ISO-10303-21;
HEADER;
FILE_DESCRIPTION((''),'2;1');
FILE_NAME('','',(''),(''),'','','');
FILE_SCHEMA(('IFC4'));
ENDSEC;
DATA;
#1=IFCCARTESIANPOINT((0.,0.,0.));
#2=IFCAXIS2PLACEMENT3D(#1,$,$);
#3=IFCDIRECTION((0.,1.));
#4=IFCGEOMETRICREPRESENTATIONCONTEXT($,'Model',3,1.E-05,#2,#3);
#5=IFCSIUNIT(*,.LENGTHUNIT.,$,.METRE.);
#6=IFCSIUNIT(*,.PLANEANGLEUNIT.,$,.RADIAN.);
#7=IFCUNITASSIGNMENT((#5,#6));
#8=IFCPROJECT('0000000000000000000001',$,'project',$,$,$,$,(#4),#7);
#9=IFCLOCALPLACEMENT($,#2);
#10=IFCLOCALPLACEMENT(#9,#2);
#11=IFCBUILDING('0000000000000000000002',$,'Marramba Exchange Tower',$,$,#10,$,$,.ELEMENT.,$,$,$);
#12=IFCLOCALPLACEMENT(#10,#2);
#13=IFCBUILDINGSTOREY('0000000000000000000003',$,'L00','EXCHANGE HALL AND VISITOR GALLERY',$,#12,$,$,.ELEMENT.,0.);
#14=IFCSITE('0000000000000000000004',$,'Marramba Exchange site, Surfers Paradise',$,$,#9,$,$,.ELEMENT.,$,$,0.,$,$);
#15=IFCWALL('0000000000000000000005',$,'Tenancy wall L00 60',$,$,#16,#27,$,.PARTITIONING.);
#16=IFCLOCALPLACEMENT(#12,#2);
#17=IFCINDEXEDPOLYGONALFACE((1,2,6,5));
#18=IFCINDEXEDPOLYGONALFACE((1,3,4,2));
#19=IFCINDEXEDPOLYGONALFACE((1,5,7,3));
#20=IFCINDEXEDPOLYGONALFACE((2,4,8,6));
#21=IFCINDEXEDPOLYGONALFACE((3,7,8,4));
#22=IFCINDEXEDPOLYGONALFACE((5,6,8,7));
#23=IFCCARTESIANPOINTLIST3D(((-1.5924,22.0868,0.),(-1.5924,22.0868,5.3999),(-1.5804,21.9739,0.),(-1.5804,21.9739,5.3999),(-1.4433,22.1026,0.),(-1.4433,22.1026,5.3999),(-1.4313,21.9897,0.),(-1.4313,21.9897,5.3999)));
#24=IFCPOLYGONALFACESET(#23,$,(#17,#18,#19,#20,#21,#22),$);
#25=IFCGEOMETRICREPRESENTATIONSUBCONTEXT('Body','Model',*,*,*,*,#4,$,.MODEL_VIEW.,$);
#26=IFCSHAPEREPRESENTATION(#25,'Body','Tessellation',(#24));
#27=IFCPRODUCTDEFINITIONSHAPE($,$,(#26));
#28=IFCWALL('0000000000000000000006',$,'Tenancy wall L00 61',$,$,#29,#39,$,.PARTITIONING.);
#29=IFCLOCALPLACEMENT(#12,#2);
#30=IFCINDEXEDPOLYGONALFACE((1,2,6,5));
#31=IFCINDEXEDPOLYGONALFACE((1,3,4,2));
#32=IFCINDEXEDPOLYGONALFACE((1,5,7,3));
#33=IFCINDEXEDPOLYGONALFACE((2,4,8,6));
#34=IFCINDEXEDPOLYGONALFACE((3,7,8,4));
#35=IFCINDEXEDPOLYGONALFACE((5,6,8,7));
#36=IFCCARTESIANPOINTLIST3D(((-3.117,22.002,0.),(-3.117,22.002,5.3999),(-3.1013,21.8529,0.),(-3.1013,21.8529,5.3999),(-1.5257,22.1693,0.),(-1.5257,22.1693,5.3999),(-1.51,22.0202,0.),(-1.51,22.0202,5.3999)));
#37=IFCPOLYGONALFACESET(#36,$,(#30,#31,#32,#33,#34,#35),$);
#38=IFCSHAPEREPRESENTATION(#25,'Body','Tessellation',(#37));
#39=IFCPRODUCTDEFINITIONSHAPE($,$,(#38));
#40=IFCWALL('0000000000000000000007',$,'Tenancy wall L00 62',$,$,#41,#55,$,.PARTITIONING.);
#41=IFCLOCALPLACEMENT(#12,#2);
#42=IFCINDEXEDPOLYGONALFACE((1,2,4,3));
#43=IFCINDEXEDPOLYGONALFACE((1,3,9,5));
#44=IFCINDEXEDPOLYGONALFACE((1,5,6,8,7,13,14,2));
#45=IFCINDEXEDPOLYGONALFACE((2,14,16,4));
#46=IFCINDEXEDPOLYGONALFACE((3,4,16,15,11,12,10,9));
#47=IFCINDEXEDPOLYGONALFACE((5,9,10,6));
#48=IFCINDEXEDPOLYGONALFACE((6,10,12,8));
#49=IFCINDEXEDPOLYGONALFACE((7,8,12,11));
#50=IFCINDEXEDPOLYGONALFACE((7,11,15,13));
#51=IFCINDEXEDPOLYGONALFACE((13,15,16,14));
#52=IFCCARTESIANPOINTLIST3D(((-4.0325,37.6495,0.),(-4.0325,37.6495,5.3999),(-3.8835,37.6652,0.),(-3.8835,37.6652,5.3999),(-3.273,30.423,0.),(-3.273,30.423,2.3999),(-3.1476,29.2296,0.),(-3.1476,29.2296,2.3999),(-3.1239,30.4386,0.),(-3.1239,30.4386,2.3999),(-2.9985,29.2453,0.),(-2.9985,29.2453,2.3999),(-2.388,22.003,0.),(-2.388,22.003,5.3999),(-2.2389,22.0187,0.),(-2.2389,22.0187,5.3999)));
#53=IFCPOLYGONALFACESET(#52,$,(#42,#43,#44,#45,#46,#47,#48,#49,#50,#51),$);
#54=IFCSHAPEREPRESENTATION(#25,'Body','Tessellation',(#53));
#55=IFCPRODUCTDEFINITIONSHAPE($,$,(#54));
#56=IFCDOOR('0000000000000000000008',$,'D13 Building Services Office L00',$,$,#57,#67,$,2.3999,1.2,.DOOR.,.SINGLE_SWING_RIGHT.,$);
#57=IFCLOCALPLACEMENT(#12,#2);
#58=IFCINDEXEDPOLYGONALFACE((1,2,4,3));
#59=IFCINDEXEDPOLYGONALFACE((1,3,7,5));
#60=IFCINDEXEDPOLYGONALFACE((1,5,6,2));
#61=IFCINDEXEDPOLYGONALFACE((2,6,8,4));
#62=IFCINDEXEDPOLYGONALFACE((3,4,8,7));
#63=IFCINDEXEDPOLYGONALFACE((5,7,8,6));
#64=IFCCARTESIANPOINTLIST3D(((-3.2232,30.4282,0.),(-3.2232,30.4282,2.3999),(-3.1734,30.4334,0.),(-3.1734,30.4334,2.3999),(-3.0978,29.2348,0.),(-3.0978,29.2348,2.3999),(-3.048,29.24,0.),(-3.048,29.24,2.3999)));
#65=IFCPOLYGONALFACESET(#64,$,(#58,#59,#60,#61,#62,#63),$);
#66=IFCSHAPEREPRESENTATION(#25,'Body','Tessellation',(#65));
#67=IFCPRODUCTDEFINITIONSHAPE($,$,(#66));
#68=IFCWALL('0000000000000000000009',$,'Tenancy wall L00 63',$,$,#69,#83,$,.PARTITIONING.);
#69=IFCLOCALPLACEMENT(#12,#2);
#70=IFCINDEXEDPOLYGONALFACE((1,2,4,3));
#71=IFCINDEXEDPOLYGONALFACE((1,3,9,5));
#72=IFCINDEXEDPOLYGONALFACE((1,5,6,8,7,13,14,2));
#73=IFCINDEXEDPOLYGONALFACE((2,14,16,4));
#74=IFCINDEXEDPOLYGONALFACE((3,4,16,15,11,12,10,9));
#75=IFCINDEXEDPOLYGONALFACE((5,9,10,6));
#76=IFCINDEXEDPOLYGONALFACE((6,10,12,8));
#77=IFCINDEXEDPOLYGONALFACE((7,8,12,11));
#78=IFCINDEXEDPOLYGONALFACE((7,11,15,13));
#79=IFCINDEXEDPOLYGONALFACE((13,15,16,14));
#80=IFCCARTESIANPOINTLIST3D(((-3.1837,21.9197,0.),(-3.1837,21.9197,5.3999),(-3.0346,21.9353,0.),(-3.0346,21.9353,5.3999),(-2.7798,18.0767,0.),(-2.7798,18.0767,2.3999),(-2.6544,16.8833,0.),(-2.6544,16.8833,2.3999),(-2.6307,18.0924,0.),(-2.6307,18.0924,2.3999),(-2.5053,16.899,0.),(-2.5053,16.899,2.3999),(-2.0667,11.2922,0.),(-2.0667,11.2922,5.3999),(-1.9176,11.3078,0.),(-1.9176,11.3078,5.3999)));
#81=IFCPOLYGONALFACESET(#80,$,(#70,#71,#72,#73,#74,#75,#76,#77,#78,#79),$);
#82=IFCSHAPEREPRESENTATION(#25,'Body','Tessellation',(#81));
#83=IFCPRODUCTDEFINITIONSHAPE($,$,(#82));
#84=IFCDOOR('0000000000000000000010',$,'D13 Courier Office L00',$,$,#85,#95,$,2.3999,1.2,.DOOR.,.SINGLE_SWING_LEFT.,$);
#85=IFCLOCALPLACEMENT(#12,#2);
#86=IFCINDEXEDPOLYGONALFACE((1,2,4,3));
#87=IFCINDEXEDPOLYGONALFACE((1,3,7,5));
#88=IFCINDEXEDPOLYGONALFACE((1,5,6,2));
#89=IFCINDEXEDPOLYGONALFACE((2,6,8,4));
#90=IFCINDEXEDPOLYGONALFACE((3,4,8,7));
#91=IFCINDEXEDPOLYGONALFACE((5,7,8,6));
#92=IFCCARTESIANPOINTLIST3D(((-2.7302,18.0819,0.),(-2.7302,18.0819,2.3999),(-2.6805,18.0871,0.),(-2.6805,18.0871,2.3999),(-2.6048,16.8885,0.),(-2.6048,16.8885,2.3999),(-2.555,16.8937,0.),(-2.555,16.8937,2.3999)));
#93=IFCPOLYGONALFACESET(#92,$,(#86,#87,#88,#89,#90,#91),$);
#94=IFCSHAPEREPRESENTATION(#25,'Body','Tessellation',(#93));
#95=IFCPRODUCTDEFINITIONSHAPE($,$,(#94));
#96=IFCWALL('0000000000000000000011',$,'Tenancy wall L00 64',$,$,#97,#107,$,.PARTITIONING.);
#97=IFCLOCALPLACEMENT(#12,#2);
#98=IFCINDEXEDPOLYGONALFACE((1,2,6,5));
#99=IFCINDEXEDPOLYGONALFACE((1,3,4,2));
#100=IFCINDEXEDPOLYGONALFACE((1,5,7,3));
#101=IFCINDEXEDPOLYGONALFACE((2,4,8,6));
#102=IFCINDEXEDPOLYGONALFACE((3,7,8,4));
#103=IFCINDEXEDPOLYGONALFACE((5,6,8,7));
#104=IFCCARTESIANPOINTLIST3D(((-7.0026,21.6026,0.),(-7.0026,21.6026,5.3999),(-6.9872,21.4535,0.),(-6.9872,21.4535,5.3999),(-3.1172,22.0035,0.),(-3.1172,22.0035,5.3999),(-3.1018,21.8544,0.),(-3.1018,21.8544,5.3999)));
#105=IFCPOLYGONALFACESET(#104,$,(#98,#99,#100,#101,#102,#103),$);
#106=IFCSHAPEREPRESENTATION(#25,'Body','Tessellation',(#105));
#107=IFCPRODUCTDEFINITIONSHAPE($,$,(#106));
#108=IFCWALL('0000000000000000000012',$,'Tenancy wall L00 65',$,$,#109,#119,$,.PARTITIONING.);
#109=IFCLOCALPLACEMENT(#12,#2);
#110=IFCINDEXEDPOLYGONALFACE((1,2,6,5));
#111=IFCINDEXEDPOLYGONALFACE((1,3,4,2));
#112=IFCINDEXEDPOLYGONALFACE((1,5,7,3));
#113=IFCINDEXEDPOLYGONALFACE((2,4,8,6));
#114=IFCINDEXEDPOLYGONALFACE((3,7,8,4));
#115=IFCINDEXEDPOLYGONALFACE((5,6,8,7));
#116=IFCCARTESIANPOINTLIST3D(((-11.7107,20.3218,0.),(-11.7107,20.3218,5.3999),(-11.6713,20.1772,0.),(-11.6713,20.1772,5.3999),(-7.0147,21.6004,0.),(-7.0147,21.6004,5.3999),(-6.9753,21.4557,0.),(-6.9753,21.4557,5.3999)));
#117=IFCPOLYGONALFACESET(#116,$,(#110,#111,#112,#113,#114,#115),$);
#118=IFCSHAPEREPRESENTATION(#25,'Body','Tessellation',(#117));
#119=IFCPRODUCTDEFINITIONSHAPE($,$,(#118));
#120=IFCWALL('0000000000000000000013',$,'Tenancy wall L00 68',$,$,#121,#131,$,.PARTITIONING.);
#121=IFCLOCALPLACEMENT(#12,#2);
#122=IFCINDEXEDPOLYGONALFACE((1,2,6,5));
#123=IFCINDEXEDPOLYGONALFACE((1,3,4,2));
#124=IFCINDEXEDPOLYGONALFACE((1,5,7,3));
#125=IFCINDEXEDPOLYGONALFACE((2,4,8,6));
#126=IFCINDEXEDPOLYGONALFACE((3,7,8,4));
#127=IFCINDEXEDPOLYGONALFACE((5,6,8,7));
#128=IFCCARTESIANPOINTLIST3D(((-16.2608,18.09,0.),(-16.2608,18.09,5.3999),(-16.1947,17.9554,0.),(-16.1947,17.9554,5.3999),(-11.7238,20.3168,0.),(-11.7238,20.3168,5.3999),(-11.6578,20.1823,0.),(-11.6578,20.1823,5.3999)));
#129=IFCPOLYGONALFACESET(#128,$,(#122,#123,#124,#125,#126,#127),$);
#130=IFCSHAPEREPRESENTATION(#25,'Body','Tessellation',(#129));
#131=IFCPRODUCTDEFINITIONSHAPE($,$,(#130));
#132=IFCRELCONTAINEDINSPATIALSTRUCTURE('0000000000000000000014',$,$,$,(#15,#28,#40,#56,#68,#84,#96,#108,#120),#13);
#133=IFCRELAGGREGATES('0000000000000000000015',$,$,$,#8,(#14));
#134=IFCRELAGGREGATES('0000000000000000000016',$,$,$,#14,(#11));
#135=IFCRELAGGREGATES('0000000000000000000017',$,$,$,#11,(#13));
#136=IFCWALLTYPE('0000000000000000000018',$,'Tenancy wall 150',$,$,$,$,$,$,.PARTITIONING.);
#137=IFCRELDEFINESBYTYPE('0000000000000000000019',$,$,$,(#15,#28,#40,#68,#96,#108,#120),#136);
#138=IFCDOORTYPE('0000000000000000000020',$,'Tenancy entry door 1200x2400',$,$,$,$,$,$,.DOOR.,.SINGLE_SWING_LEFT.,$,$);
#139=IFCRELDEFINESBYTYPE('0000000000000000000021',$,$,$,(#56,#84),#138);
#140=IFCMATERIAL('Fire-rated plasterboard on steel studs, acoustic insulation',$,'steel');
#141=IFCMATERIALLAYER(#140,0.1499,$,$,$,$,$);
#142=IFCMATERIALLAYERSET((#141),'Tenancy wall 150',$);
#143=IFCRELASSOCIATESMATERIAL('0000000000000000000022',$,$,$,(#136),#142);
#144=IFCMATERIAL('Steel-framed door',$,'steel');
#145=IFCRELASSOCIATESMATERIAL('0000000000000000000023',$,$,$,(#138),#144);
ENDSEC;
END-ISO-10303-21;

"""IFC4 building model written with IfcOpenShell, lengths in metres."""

from ifc_helpers import new_model, si_unit, direction, frame, frame_2d, origin, place, context, subcontext, project, spatial, rectangle, extrude, material, layer, layer_set, type_object, element, fill, save


model = new_model("IFC4")

# Units and contexts
model_context = context("Model", 3, precision=1e-05, world=origin(), true_north=direction((0.0, 1.0)))
body_context = subcontext(model_context, "Body", "Model", "MODEL_VIEW")
ifc_project = project(units=[si_unit("LENGTHUNIT", "METRE"), si_unit("PLANEANGLEUNIT", "RADIAN")], contexts=[model_context])

# Site, building, storey
site_placement = place(None, origin())
site = spatial("IfcSite", under=ifc_project, at=site_placement, Name="Marramba Exchange site, Surfers Paradise", CompositionType="ELEMENT", RefElevation=0.0)
building_placement = place(site_placement, origin())
building = spatial("IfcBuilding", under=site, at=building_placement, Name="Marramba Exchange Tower", CompositionType="ELEMENT")
storey_placement = place(building_placement, origin())
storey = spatial("IfcBuildingStorey", under=building, at=storey_placement, Name="L00", Description="EXCHANGE HALL AND VISITOR GALLERY", CompositionType="ELEMENT", Elevation=0.0)

# Walls
ifc_material_1 = material(Name="Fire-rated plasterboard on steel studs, acoustic insulation", Category="steel")
ifc_layer = layer(ifc_material_1, 0.1499)
ifc_layer_set = layer_set([ifc_layer], Name="Tenancy wall 150")
wall_type = type_object("IfcWallType", Name="Tenancy wall 150", PredefinedType="PARTITIONING", material=ifc_layer_set)
wall_1_placement = place(storey_placement, frame((-1.5059, 21.9819, 0.0), z_axis=(0.0, 0.0, 1.0), x_axis=(-0.105469, 0.994423, 0.0)))
element("IfcWall", 1, at=wall_1_placement, inside=storey, type_object=wall_type, Name="Tenancy wall L00 60", PredefinedType="PARTITIONING", context=body_context, shape_type="SweptSolid", body=[
    extrude(rectangle(XDim=0.1135, YDim=0.1499, at=frame_2d((0.0566, 0.0))), origin(), (0.0, 0.0, 1.0), 5.3999),
])
wall_2_placement = place(storey_placement, frame((-1.5178, 22.0947, 0.0), z_axis=(0.0, 0.0, 1.0), x_axis=(-0.994523, -0.104518, 0.0)))
element("IfcWall", 2, at=wall_2_placement, inside=storey, type_object=wall_type, Name="Tenancy wall L00 61", PredefinedType="PARTITIONING", context=body_context, shape_type="SweptSolid", body=[
    extrude(rectangle(XDim=1.6001, YDim=0.1499, at=frame_2d((0.8, 0.0))), origin(), (0.0, 0.0, 1.0), 5.3999),
])

# Walls, openings, doors
wall_3_placement = place(storey_placement, frame((-2.3135, 22.011, 0.0), z_axis=(0.0, 0.0, 1.0), x_axis=(-0.10453, 0.994522, 0.0)))
wall_3 = element("IfcWall", 3, at=wall_3_placement, inside=storey, type_object=wall_type, Name="Tenancy wall L00 62", PredefinedType="PARTITIONING", context=body_context, shape_type="SweptSolid", body=[
    extrude(rectangle(XDim=15.7327, YDim=0.1499, at=frame_2d((7.8662, 0.0))), origin(), (0.0, 0.0, 1.0), 5.3999),
])
opening_1_placement = place(wall_3_placement, frame((7.2661, 0.0, 0.0)))
opening_1 = element("IfcOpeningElement", 4, at=opening_1_placement, cuts=wall_3, PredefinedType="OPENING", context=body_context, shape_type="SweptSolid", body=[
    extrude(rectangle(XDim=1.2, YDim=2.3999, at=frame_2d((0.6001, 1.2))), frame((0.0, 0.085, 0.0), z_axis=(0.0, -1.0, 0.0), x_axis=(1.0, 0.0, 0.0)), (0.0, 0.0, 1.0), 0.1699),
])
ifc_material_2 = material(Name="Steel-framed door", Category="steel")
door_type = type_object("IfcDoorType", Name="Tenancy entry door 1200x2400", OperationType="SINGLE_SWING_LEFT", PredefinedType="DOOR", material=ifc_material_2)
door_1_placement = place(opening_1_placement, frame((1.2, 0.0, 0.0), z_axis=(0.0, 0.0, 1.0), x_axis=(-1.0, 0.0, 0.0)))
door_1 = element("IfcDoor", 5, at=door_1_placement, inside=storey, type_object=door_type, Name="D13 Building Services Office L00", OperationType="SINGLE_SWING_RIGHT", OverallHeight=2.3999, OverallWidth=1.2, PredefinedType="DOOR", context=body_context, shape_type="SweptSolid", body=[
    extrude(rectangle(XDim=1.2, YDim=2.3999, at=frame_2d((0.5999, 1.2))), frame((0.0, 0.0251, 0.0), z_axis=(0.0, -1.0, 0.0), x_axis=(1.0, 0.0, 0.0)), (0.0, 0.0, 1.0), 0.05),
])
fill(opening_1, door_1)
wall_4_placement = place(storey_placement, frame((-3.1091, 21.9275, 0.0), z_axis=(0.0, 0.0, 1.0), x_axis=(0.104524, -0.994522, 0.0)))
wall_4 = element("IfcWall", 6, at=wall_4_placement, inside=storey, type_object=wall_type, Name="Tenancy wall L00 63", PredefinedType="PARTITIONING", context=body_context, shape_type="SweptSolid", body=[
    extrude(rectangle(XDim=10.686, YDim=0.1499, at=frame_2d((5.343, 0.0))), origin(), (0.0, 0.0, 1.0), 5.3999),
])
opening_2_placement = place(wall_4_placement, frame((3.864, 0.0, 0.0)))
opening_2 = element("IfcOpeningElement", 7, at=opening_2_placement, cuts=wall_4, PredefinedType="OPENING", context=body_context, shape_type="SweptSolid", body=[
    extrude(rectangle(XDim=1.2, YDim=2.3999, at=frame_2d((0.6001, 1.2))), frame((0.0, 0.085, 0.0), z_axis=(0.0, -1.0, 0.0), x_axis=(1.0, 0.0, 0.0)), (0.0, 0.0, 1.0), 0.1699),
])
door_2_placement = place(opening_2_placement, origin())
door_2 = element("IfcDoor", 8, at=door_2_placement, inside=storey, type_object=door_type, Name="D13 Courier Office L00", OperationType="SINGLE_SWING_LEFT", OverallHeight=2.3999, OverallWidth=1.2, PredefinedType="DOOR", context=body_context, shape_type="SweptSolid", body=[
    extrude(rectangle(XDim=1.2, YDim=2.3999, at=frame_2d((0.6001, 1.2))), frame((0.0, 0.0249, 0.0), z_axis=(0.0, -1.0, 0.0), x_axis=(1.0, 0.0, 0.0)), (0.0, 0.0, 1.0), 0.05),
])
fill(opening_2, door_2)

# Walls
wall_5_placement = place(storey_placement, frame((-3.1094, 21.929, 0.0), z_axis=(0.0, 0.0, 1.0), x_axis=(-0.99472, -0.102628, 0.0)))
element("IfcWall", 9, at=wall_5_placement, inside=storey, type_object=wall_type, Name="Tenancy wall L00 64", PredefinedType="PARTITIONING", context=body_context, shape_type="SweptSolid", body=[
    extrude(rectangle(XDim=3.906, YDim=0.1499, at=frame_2d((1.9531, 0.0))), origin(), (0.0, 0.0, 1.0), 5.3999),
])
wall_6_placement = place(storey_placement, frame((-6.9949, 21.5281, 0.0), z_axis=(0.0, 0.0, 1.0), x_axis=(-0.964877, -0.262701, 0.0)))
element("IfcWall", 10, at=wall_6_placement, inside=storey, type_object=wall_type, Name="Tenancy wall L00 65", PredefinedType="PARTITIONING", context=body_context, shape_type="SweptSolid", body=[
    extrude(rectangle(XDim=4.8669, YDim=0.1499, at=frame_2d((2.4336, 0.0))), origin(), (0.0, 0.0, 1.0), 5.3999),
])
wall_7_placement = place(storey_placement, frame((-11.6909, 20.2495, 0.0), z_axis=(0.0, 0.0, 1.0), x_axis=(-0.897697, -0.440612, 0.0)))
element("IfcWall", 11, at=wall_7_placement, inside=storey, type_object=wall_type, Name="Tenancy wall L00 68", PredefinedType="PARTITIONING", context=body_context, shape_type="SweptSolid", body=[
    extrude(rectangle(XDim=5.054, YDim=0.1499, at=frame_2d((2.5269, 0.0))), origin(), (0.0, 0.0, 1.0), 5.3999),
])

save(model, "model.ifc")
